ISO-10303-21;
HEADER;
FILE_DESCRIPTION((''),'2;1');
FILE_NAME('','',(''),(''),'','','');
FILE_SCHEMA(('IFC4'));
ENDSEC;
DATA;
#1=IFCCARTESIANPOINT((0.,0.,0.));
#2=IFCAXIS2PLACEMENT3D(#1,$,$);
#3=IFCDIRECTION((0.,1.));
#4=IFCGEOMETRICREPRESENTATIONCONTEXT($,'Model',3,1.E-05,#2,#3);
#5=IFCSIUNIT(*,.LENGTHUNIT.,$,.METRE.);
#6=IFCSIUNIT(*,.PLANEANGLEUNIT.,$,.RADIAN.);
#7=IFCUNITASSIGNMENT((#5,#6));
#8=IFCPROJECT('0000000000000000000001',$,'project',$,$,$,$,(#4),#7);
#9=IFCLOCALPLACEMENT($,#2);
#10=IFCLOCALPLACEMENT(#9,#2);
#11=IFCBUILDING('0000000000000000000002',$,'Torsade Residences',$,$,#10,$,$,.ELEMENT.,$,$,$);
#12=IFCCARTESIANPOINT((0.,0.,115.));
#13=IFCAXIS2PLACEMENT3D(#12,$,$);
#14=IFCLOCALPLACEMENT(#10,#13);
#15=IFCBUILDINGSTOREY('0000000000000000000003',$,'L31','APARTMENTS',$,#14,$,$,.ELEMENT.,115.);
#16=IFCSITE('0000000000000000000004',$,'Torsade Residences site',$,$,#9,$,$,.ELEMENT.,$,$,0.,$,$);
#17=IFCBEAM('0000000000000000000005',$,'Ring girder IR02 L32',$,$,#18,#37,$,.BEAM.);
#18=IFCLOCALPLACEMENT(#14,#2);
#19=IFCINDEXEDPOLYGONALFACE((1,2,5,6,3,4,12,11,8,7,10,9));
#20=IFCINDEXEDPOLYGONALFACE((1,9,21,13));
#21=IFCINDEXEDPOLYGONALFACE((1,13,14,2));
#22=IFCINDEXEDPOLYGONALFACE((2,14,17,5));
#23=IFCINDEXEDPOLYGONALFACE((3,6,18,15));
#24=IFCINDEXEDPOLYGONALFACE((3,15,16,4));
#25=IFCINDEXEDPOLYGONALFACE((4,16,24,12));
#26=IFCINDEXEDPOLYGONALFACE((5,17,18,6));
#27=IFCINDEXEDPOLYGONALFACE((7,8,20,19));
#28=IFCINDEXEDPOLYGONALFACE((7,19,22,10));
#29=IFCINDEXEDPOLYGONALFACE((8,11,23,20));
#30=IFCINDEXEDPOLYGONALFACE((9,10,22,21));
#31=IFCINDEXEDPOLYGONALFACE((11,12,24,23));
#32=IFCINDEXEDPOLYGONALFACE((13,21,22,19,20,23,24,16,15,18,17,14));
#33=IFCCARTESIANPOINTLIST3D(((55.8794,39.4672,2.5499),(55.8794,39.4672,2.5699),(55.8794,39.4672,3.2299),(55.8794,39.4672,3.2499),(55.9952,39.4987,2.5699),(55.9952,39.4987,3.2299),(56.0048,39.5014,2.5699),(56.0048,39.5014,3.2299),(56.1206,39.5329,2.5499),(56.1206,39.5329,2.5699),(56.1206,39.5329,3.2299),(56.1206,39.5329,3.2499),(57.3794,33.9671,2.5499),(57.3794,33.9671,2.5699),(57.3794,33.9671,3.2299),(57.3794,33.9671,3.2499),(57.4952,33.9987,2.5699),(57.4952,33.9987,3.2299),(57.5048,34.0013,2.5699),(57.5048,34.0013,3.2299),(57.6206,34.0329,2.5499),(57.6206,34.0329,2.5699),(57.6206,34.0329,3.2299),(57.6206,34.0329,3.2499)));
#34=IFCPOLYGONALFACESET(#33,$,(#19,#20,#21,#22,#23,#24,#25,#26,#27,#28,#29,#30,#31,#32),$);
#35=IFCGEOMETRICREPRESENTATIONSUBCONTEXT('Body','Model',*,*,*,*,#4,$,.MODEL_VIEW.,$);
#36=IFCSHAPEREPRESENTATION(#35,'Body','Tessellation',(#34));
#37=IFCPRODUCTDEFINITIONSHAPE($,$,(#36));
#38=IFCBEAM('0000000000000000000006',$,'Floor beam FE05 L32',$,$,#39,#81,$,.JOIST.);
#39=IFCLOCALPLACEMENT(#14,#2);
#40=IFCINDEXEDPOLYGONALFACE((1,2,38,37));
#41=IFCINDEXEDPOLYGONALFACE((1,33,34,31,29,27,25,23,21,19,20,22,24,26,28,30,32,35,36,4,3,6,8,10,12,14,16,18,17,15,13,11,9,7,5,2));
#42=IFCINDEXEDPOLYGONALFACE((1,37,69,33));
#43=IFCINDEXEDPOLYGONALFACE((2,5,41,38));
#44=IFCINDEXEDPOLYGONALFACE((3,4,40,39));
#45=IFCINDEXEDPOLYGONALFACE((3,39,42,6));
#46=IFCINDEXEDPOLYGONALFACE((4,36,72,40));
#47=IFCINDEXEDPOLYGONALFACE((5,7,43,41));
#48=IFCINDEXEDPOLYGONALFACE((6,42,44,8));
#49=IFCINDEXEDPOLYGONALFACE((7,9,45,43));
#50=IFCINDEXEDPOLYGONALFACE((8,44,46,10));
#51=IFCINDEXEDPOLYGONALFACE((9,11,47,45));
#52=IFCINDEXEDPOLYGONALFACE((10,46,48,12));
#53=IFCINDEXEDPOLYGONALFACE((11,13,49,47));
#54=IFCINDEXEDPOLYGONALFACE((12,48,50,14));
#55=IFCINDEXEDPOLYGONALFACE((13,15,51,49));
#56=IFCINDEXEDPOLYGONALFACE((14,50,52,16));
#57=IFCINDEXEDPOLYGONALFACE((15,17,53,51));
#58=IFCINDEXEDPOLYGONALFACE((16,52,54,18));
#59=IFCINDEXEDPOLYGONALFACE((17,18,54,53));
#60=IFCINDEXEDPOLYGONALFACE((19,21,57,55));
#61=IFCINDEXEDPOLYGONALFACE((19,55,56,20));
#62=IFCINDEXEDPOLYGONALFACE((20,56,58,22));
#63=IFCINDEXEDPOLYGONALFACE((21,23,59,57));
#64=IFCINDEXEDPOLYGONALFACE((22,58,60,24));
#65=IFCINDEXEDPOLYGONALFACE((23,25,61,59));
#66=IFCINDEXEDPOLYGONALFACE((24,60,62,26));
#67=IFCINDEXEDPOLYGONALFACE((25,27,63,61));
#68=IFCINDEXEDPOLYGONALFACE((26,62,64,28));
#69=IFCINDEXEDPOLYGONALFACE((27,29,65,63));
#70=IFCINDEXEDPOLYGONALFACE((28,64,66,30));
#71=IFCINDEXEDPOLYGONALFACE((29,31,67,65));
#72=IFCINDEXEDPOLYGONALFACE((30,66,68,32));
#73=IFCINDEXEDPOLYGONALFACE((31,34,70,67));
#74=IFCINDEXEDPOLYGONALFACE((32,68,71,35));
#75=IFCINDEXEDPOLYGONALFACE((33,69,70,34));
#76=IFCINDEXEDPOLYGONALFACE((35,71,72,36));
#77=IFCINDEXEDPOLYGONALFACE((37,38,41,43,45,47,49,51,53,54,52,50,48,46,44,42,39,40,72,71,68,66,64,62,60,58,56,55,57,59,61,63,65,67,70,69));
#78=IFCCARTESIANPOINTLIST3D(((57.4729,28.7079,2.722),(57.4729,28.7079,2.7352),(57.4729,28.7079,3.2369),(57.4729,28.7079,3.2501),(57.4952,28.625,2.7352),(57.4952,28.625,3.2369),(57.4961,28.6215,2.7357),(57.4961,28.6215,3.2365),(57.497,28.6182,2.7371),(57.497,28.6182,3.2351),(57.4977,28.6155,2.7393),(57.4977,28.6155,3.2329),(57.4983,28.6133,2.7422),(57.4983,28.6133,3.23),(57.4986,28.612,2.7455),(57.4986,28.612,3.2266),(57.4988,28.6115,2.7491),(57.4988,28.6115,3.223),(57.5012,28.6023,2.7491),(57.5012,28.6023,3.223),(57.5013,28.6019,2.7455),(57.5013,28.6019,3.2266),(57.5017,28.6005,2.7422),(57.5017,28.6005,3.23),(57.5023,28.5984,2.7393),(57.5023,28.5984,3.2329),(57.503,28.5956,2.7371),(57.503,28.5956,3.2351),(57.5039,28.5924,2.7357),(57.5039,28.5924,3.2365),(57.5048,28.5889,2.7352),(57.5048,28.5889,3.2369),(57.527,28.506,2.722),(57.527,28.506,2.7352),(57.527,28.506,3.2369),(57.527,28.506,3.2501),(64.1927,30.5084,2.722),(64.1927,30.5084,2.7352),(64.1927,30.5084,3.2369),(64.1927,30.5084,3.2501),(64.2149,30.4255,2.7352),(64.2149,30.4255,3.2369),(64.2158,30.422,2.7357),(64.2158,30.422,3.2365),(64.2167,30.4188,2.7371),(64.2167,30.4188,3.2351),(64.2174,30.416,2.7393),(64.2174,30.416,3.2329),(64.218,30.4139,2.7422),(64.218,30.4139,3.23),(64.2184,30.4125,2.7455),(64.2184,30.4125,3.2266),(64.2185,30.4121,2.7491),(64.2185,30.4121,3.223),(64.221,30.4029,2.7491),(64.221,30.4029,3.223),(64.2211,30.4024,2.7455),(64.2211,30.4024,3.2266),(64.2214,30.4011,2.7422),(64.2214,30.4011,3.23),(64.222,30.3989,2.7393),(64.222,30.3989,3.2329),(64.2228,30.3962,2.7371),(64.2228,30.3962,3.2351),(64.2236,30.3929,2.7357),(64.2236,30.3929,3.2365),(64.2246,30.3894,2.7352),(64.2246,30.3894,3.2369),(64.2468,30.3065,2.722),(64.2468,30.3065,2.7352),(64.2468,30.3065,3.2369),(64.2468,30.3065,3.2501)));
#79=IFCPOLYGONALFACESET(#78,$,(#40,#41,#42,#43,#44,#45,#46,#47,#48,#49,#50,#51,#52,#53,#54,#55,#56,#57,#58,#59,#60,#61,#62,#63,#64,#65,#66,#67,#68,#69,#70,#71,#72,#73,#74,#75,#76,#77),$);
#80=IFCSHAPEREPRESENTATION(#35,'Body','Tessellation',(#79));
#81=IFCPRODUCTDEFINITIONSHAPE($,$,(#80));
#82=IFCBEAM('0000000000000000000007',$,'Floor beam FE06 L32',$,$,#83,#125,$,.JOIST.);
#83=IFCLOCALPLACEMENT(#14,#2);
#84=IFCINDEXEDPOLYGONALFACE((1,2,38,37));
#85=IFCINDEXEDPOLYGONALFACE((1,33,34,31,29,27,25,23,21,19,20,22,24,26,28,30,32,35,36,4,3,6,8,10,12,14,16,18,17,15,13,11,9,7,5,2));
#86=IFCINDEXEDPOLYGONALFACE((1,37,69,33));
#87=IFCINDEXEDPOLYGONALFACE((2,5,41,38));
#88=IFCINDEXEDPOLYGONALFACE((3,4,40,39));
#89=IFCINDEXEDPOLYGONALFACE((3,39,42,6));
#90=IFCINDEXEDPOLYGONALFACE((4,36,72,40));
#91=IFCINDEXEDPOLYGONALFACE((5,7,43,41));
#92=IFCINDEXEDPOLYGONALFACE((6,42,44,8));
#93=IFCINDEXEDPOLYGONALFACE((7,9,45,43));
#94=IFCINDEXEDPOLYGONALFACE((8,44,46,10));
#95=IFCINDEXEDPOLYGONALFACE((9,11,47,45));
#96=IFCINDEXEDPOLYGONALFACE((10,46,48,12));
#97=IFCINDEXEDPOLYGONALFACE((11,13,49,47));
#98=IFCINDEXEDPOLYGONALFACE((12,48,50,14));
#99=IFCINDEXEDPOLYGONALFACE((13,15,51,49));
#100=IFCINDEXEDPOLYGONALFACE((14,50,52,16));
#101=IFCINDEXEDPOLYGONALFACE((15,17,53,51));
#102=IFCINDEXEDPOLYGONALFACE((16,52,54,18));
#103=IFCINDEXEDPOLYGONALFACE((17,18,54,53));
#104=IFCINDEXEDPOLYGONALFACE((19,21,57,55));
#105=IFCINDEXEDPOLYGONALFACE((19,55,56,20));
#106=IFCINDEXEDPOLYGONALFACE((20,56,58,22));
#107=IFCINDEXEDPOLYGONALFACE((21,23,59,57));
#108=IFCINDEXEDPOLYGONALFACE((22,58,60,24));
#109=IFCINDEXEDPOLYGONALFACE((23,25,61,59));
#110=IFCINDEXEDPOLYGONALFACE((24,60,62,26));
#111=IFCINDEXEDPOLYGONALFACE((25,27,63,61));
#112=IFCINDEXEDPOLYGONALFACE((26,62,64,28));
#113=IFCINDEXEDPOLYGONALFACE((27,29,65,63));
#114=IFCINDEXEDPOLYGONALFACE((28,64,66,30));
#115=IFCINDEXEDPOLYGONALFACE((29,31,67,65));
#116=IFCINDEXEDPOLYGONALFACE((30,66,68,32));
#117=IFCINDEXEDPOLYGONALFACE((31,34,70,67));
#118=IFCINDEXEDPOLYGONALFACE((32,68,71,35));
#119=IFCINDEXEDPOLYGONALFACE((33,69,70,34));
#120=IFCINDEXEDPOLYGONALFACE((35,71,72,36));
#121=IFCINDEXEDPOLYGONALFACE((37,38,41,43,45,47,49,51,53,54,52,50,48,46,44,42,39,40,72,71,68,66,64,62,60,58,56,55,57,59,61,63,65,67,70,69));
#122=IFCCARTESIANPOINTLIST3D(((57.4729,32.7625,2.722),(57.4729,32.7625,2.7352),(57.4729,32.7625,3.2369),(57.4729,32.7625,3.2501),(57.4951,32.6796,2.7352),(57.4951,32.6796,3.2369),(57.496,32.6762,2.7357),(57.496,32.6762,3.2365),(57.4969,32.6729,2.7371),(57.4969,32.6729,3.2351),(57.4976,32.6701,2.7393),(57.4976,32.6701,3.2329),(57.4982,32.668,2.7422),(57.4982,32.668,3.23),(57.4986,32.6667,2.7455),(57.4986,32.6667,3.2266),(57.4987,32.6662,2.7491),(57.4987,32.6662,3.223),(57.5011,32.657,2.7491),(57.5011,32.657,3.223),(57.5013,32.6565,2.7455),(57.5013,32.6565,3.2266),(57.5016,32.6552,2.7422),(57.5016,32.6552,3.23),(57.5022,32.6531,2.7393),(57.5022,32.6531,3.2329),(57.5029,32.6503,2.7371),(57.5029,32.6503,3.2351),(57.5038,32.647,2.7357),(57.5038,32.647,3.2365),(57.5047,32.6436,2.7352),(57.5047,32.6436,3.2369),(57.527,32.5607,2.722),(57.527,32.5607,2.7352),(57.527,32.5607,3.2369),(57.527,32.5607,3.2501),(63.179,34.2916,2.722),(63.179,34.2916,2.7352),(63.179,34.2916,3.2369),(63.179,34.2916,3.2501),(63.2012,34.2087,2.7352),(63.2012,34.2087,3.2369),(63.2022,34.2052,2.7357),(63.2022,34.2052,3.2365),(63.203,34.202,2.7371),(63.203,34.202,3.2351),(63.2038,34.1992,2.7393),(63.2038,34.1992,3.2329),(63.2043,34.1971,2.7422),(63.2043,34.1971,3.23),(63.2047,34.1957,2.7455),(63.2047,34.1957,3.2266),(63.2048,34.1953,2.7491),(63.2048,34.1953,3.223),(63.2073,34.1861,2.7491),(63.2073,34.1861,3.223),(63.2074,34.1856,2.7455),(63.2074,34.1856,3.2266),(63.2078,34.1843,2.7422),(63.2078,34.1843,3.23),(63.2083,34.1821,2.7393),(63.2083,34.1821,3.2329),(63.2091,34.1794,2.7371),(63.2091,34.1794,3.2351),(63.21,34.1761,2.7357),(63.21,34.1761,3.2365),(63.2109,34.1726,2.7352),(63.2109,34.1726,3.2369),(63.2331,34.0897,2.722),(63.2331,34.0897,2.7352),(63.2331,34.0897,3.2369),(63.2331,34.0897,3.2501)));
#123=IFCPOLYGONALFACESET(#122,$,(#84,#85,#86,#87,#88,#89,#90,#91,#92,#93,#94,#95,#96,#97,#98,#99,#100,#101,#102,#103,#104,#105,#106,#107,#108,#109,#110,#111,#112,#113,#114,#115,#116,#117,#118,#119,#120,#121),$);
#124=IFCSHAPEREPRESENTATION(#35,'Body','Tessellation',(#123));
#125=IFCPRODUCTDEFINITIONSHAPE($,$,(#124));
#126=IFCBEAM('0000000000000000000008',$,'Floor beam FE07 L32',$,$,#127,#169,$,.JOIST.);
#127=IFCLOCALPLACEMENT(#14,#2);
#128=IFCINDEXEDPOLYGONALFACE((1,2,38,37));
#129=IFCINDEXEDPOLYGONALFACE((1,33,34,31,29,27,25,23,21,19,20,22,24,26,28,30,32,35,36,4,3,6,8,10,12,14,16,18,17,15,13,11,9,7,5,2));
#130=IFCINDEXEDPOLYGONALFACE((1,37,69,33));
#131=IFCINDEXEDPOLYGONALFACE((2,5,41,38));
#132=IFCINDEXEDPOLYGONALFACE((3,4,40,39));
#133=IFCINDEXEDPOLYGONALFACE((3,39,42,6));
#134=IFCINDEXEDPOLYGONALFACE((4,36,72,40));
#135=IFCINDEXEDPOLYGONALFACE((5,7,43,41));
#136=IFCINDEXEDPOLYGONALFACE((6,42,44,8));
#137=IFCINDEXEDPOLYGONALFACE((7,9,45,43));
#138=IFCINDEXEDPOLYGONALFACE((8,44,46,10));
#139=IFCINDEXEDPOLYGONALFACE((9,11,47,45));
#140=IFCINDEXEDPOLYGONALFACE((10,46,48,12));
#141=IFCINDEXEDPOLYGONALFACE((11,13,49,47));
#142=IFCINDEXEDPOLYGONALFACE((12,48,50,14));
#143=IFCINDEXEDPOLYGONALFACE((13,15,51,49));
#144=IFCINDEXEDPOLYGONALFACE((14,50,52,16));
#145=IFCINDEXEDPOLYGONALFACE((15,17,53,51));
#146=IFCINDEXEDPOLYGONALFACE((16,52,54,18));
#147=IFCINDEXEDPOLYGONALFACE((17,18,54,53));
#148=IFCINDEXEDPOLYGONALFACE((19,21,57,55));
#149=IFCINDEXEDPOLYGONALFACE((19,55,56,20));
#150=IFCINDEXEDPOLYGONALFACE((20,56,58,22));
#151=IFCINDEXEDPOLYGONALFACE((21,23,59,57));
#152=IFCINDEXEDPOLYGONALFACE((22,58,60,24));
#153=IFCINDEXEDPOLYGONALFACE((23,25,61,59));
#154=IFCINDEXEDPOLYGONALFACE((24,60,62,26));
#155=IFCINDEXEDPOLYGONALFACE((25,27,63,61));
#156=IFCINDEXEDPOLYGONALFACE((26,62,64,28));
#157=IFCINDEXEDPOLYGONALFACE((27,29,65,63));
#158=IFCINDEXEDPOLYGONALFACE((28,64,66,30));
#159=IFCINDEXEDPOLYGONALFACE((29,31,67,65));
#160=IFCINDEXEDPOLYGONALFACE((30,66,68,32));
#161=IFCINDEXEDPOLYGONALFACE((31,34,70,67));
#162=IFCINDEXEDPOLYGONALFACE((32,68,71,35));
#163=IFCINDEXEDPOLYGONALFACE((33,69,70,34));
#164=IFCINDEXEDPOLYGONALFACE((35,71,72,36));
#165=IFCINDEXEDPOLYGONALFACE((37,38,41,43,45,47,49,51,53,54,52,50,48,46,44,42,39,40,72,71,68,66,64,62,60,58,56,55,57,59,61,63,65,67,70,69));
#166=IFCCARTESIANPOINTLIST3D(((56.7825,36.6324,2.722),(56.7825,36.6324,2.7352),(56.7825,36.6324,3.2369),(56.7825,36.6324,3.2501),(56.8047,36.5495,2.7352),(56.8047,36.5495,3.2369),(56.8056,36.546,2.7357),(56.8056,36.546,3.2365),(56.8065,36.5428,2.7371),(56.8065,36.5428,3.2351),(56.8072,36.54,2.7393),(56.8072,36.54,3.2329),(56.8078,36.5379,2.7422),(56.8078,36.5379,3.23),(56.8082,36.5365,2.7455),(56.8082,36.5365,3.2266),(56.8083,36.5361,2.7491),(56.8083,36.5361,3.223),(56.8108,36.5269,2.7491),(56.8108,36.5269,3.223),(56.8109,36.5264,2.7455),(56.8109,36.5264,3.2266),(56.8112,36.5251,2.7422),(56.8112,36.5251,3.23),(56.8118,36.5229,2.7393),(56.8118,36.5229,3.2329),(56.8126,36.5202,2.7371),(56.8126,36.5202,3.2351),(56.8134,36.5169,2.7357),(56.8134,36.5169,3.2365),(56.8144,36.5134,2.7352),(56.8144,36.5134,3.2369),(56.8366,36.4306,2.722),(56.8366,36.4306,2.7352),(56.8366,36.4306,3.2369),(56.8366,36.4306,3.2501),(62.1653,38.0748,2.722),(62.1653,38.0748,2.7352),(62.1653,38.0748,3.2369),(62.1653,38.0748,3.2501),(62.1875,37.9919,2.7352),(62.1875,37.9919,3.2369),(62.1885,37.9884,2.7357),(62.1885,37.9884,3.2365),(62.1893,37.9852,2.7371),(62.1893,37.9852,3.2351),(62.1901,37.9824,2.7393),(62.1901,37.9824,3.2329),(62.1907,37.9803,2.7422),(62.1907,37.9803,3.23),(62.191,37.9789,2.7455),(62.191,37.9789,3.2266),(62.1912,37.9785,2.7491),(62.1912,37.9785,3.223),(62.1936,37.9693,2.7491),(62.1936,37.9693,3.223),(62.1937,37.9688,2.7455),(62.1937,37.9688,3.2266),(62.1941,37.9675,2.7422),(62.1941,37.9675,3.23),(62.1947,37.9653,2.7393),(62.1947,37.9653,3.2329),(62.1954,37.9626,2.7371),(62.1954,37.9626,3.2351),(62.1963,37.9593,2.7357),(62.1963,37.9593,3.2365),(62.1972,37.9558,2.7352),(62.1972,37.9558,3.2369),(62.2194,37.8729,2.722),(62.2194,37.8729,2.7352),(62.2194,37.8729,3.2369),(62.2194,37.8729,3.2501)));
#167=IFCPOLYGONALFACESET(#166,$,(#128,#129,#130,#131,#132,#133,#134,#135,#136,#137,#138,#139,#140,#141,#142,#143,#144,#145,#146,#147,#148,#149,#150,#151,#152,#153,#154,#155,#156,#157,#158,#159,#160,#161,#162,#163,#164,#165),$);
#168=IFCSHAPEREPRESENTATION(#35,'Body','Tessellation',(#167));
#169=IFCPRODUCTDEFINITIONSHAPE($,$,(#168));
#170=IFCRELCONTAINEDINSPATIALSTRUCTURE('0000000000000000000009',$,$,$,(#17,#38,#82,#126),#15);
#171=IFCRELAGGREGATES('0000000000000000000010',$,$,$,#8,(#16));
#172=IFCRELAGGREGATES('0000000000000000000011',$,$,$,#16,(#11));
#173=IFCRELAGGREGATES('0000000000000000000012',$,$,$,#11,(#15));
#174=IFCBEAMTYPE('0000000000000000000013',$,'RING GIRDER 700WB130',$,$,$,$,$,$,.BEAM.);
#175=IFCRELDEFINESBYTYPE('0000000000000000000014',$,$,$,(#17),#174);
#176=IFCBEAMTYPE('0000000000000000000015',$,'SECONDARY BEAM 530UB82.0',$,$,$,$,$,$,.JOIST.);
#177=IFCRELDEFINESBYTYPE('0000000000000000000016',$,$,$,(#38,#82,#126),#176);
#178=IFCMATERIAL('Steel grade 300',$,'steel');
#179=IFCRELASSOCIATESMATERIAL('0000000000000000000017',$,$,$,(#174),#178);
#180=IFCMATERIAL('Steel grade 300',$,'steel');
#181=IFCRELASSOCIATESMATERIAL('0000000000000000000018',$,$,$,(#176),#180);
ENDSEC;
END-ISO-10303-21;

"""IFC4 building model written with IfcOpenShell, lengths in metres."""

from ifc_helpers import new_model, si_unit, direction, frame, origin, origin_2d, place, context, subcontext, project, spatial, i_section, extrude, material, material_profile, profile_set, type_object, element, save


model = new_model("IFC4")

# Units and contexts
model_context = context("Model", 3, precision=1e-05, world=origin(), true_north=direction((0.0, 1.0)))
body_context = subcontext(model_context, "Body", "Model", "MODEL_VIEW")
ifc_project = project(units=[si_unit("LENGTHUNIT", "METRE"), si_unit("PLANEANGLEUNIT", "RADIAN")], contexts=[model_context])

# Site, building, storey
site_placement = place(None, origin())
site = spatial("IfcSite", under=ifc_project, at=site_placement, Name="Torsade Residences site", CompositionType="ELEMENT", RefElevation=0.0)
building_placement = place(site_placement, origin())
building = spatial("IfcBuilding", under=site, at=building_placement, Name="Torsade Residences", CompositionType="ELEMENT")
storey_placement = place(building_placement, frame((0.0, 0.0, 115.0)))
storey = spatial("IfcBuildingStorey", under=building, at=storey_placement, Name="L31", Description="APARTMENTS", CompositionType="ELEMENT", Elevation=115.0)

# Beams
ifc_material_1 = material(Name="Steel grade 300", Category="steel")
ifc_material_profile_1 = material_profile(ifc_material_1, i_section(OverallWidth=0.25, OverallDepth=0.7, WebThickness=0.01, FlangeThickness=0.02, at=origin_2d()), Name="700WB130")
ifc_profile_set_1 = profile_set([ifc_material_profile_1], Name="Steel grade 300")
beam_type_1 = type_object("IfcBeamType", Name="RING GIRDER 700WB130", PredefinedType="BEAM", material=ifc_profile_set_1)
beam_1_placement = place(storey_placement, frame((57.5, 34.0, 2.8999), z_axis=(-0.263117, 0.964764, 0.0), x_axis=(-0.964764, -0.263117, 0.0)))
element("IfcBeam", 1, at=beam_1_placement, inside=storey, type_object=beam_type_1, Name="Ring girder IR02 L32", PredefinedType="BEAM", context=body_context, shape_type="SweptSolid", body=[
    extrude(i_section(OverallWidth=0.25, OverallDepth=0.7, WebThickness=0.01, FlangeThickness=0.02, at=origin_2d()), origin(), (0.0, 0.0, 1.0), 5.7009),
])
ifc_material_2 = material(Name="Steel grade 300", Category="steel")
ifc_material_profile_2 = material_profile(ifc_material_2, i_section(OverallWidth=0.209, OverallDepth=0.5281, WebThickness=0.0095, FlangeThickness=0.0132, FilletRadius=0.0139, at=origin_2d()), Name="530UB82.0")
ifc_profile_set_2 = profile_set([ifc_material_profile_2], Name="Steel grade 300")
beam_type_2 = type_object("IfcBeamType", Name="SECONDARY BEAM 530UB82.0", PredefinedType="JOIST", material=ifc_profile_set_2)
beam_2_placement = place(storey_placement, frame((64.2197, 30.4075, 2.9861), z_axis=(-0.965926, -0.258818, 0.0), x_axis=(0.258818, -0.965926, 0.0)))
element("IfcBeam", 2, at=beam_2_placement, inside=storey, type_object=beam_type_2, Name="Floor beam FE05 L32", PredefinedType="JOIST", context=body_context, shape_type="SweptSolid", body=[
    extrude(i_section(OverallWidth=0.209, OverallDepth=0.5281, WebThickness=0.0095, FlangeThickness=0.0132, FilletRadius=0.0139, at=origin_2d()), origin(), (0.0, 0.0, 1.0), 6.9568),
])
beam_3_placement = place(storey_placement, frame((63.2061, 34.1907, 2.9861), z_axis=(-0.965921, -0.258838, 0.0), x_axis=(0.258838, -0.965921, 0.0)))
element("IfcBeam", 3, at=beam_3_placement, inside=storey, type_object=beam_type_2, Name="Floor beam FE06 L32", PredefinedType="JOIST", context=body_context, shape_type="SweptSolid", body=[
    extrude(i_section(OverallWidth=0.209, OverallDepth=0.5281, WebThickness=0.0095, FlangeThickness=0.0132, FilletRadius=0.0139, at=origin_2d()), origin(), (0.0, 0.0, 1.0), 5.9075),
])
beam_4_placement = place(storey_placement, frame((62.1924, 37.9739, 2.9861), z_axis=(-0.965923, -0.25883, 0.0), x_axis=(0.25883, -0.965923, 0.0)))
element("IfcBeam", 4, at=beam_4_placement, inside=storey, type_object=beam_type_2, Name="Floor beam FE07 L32", PredefinedType="JOIST", context=body_context, shape_type="SweptSolid", body=[
    extrude(i_section(OverallWidth=0.209, OverallDepth=0.5281, WebThickness=0.0095, FlangeThickness=0.0132, FilletRadius=0.0139, at=origin_2d()), origin(), (0.0, 0.0, 1.0), 5.5728),
])

save(model, "model.ifc")
